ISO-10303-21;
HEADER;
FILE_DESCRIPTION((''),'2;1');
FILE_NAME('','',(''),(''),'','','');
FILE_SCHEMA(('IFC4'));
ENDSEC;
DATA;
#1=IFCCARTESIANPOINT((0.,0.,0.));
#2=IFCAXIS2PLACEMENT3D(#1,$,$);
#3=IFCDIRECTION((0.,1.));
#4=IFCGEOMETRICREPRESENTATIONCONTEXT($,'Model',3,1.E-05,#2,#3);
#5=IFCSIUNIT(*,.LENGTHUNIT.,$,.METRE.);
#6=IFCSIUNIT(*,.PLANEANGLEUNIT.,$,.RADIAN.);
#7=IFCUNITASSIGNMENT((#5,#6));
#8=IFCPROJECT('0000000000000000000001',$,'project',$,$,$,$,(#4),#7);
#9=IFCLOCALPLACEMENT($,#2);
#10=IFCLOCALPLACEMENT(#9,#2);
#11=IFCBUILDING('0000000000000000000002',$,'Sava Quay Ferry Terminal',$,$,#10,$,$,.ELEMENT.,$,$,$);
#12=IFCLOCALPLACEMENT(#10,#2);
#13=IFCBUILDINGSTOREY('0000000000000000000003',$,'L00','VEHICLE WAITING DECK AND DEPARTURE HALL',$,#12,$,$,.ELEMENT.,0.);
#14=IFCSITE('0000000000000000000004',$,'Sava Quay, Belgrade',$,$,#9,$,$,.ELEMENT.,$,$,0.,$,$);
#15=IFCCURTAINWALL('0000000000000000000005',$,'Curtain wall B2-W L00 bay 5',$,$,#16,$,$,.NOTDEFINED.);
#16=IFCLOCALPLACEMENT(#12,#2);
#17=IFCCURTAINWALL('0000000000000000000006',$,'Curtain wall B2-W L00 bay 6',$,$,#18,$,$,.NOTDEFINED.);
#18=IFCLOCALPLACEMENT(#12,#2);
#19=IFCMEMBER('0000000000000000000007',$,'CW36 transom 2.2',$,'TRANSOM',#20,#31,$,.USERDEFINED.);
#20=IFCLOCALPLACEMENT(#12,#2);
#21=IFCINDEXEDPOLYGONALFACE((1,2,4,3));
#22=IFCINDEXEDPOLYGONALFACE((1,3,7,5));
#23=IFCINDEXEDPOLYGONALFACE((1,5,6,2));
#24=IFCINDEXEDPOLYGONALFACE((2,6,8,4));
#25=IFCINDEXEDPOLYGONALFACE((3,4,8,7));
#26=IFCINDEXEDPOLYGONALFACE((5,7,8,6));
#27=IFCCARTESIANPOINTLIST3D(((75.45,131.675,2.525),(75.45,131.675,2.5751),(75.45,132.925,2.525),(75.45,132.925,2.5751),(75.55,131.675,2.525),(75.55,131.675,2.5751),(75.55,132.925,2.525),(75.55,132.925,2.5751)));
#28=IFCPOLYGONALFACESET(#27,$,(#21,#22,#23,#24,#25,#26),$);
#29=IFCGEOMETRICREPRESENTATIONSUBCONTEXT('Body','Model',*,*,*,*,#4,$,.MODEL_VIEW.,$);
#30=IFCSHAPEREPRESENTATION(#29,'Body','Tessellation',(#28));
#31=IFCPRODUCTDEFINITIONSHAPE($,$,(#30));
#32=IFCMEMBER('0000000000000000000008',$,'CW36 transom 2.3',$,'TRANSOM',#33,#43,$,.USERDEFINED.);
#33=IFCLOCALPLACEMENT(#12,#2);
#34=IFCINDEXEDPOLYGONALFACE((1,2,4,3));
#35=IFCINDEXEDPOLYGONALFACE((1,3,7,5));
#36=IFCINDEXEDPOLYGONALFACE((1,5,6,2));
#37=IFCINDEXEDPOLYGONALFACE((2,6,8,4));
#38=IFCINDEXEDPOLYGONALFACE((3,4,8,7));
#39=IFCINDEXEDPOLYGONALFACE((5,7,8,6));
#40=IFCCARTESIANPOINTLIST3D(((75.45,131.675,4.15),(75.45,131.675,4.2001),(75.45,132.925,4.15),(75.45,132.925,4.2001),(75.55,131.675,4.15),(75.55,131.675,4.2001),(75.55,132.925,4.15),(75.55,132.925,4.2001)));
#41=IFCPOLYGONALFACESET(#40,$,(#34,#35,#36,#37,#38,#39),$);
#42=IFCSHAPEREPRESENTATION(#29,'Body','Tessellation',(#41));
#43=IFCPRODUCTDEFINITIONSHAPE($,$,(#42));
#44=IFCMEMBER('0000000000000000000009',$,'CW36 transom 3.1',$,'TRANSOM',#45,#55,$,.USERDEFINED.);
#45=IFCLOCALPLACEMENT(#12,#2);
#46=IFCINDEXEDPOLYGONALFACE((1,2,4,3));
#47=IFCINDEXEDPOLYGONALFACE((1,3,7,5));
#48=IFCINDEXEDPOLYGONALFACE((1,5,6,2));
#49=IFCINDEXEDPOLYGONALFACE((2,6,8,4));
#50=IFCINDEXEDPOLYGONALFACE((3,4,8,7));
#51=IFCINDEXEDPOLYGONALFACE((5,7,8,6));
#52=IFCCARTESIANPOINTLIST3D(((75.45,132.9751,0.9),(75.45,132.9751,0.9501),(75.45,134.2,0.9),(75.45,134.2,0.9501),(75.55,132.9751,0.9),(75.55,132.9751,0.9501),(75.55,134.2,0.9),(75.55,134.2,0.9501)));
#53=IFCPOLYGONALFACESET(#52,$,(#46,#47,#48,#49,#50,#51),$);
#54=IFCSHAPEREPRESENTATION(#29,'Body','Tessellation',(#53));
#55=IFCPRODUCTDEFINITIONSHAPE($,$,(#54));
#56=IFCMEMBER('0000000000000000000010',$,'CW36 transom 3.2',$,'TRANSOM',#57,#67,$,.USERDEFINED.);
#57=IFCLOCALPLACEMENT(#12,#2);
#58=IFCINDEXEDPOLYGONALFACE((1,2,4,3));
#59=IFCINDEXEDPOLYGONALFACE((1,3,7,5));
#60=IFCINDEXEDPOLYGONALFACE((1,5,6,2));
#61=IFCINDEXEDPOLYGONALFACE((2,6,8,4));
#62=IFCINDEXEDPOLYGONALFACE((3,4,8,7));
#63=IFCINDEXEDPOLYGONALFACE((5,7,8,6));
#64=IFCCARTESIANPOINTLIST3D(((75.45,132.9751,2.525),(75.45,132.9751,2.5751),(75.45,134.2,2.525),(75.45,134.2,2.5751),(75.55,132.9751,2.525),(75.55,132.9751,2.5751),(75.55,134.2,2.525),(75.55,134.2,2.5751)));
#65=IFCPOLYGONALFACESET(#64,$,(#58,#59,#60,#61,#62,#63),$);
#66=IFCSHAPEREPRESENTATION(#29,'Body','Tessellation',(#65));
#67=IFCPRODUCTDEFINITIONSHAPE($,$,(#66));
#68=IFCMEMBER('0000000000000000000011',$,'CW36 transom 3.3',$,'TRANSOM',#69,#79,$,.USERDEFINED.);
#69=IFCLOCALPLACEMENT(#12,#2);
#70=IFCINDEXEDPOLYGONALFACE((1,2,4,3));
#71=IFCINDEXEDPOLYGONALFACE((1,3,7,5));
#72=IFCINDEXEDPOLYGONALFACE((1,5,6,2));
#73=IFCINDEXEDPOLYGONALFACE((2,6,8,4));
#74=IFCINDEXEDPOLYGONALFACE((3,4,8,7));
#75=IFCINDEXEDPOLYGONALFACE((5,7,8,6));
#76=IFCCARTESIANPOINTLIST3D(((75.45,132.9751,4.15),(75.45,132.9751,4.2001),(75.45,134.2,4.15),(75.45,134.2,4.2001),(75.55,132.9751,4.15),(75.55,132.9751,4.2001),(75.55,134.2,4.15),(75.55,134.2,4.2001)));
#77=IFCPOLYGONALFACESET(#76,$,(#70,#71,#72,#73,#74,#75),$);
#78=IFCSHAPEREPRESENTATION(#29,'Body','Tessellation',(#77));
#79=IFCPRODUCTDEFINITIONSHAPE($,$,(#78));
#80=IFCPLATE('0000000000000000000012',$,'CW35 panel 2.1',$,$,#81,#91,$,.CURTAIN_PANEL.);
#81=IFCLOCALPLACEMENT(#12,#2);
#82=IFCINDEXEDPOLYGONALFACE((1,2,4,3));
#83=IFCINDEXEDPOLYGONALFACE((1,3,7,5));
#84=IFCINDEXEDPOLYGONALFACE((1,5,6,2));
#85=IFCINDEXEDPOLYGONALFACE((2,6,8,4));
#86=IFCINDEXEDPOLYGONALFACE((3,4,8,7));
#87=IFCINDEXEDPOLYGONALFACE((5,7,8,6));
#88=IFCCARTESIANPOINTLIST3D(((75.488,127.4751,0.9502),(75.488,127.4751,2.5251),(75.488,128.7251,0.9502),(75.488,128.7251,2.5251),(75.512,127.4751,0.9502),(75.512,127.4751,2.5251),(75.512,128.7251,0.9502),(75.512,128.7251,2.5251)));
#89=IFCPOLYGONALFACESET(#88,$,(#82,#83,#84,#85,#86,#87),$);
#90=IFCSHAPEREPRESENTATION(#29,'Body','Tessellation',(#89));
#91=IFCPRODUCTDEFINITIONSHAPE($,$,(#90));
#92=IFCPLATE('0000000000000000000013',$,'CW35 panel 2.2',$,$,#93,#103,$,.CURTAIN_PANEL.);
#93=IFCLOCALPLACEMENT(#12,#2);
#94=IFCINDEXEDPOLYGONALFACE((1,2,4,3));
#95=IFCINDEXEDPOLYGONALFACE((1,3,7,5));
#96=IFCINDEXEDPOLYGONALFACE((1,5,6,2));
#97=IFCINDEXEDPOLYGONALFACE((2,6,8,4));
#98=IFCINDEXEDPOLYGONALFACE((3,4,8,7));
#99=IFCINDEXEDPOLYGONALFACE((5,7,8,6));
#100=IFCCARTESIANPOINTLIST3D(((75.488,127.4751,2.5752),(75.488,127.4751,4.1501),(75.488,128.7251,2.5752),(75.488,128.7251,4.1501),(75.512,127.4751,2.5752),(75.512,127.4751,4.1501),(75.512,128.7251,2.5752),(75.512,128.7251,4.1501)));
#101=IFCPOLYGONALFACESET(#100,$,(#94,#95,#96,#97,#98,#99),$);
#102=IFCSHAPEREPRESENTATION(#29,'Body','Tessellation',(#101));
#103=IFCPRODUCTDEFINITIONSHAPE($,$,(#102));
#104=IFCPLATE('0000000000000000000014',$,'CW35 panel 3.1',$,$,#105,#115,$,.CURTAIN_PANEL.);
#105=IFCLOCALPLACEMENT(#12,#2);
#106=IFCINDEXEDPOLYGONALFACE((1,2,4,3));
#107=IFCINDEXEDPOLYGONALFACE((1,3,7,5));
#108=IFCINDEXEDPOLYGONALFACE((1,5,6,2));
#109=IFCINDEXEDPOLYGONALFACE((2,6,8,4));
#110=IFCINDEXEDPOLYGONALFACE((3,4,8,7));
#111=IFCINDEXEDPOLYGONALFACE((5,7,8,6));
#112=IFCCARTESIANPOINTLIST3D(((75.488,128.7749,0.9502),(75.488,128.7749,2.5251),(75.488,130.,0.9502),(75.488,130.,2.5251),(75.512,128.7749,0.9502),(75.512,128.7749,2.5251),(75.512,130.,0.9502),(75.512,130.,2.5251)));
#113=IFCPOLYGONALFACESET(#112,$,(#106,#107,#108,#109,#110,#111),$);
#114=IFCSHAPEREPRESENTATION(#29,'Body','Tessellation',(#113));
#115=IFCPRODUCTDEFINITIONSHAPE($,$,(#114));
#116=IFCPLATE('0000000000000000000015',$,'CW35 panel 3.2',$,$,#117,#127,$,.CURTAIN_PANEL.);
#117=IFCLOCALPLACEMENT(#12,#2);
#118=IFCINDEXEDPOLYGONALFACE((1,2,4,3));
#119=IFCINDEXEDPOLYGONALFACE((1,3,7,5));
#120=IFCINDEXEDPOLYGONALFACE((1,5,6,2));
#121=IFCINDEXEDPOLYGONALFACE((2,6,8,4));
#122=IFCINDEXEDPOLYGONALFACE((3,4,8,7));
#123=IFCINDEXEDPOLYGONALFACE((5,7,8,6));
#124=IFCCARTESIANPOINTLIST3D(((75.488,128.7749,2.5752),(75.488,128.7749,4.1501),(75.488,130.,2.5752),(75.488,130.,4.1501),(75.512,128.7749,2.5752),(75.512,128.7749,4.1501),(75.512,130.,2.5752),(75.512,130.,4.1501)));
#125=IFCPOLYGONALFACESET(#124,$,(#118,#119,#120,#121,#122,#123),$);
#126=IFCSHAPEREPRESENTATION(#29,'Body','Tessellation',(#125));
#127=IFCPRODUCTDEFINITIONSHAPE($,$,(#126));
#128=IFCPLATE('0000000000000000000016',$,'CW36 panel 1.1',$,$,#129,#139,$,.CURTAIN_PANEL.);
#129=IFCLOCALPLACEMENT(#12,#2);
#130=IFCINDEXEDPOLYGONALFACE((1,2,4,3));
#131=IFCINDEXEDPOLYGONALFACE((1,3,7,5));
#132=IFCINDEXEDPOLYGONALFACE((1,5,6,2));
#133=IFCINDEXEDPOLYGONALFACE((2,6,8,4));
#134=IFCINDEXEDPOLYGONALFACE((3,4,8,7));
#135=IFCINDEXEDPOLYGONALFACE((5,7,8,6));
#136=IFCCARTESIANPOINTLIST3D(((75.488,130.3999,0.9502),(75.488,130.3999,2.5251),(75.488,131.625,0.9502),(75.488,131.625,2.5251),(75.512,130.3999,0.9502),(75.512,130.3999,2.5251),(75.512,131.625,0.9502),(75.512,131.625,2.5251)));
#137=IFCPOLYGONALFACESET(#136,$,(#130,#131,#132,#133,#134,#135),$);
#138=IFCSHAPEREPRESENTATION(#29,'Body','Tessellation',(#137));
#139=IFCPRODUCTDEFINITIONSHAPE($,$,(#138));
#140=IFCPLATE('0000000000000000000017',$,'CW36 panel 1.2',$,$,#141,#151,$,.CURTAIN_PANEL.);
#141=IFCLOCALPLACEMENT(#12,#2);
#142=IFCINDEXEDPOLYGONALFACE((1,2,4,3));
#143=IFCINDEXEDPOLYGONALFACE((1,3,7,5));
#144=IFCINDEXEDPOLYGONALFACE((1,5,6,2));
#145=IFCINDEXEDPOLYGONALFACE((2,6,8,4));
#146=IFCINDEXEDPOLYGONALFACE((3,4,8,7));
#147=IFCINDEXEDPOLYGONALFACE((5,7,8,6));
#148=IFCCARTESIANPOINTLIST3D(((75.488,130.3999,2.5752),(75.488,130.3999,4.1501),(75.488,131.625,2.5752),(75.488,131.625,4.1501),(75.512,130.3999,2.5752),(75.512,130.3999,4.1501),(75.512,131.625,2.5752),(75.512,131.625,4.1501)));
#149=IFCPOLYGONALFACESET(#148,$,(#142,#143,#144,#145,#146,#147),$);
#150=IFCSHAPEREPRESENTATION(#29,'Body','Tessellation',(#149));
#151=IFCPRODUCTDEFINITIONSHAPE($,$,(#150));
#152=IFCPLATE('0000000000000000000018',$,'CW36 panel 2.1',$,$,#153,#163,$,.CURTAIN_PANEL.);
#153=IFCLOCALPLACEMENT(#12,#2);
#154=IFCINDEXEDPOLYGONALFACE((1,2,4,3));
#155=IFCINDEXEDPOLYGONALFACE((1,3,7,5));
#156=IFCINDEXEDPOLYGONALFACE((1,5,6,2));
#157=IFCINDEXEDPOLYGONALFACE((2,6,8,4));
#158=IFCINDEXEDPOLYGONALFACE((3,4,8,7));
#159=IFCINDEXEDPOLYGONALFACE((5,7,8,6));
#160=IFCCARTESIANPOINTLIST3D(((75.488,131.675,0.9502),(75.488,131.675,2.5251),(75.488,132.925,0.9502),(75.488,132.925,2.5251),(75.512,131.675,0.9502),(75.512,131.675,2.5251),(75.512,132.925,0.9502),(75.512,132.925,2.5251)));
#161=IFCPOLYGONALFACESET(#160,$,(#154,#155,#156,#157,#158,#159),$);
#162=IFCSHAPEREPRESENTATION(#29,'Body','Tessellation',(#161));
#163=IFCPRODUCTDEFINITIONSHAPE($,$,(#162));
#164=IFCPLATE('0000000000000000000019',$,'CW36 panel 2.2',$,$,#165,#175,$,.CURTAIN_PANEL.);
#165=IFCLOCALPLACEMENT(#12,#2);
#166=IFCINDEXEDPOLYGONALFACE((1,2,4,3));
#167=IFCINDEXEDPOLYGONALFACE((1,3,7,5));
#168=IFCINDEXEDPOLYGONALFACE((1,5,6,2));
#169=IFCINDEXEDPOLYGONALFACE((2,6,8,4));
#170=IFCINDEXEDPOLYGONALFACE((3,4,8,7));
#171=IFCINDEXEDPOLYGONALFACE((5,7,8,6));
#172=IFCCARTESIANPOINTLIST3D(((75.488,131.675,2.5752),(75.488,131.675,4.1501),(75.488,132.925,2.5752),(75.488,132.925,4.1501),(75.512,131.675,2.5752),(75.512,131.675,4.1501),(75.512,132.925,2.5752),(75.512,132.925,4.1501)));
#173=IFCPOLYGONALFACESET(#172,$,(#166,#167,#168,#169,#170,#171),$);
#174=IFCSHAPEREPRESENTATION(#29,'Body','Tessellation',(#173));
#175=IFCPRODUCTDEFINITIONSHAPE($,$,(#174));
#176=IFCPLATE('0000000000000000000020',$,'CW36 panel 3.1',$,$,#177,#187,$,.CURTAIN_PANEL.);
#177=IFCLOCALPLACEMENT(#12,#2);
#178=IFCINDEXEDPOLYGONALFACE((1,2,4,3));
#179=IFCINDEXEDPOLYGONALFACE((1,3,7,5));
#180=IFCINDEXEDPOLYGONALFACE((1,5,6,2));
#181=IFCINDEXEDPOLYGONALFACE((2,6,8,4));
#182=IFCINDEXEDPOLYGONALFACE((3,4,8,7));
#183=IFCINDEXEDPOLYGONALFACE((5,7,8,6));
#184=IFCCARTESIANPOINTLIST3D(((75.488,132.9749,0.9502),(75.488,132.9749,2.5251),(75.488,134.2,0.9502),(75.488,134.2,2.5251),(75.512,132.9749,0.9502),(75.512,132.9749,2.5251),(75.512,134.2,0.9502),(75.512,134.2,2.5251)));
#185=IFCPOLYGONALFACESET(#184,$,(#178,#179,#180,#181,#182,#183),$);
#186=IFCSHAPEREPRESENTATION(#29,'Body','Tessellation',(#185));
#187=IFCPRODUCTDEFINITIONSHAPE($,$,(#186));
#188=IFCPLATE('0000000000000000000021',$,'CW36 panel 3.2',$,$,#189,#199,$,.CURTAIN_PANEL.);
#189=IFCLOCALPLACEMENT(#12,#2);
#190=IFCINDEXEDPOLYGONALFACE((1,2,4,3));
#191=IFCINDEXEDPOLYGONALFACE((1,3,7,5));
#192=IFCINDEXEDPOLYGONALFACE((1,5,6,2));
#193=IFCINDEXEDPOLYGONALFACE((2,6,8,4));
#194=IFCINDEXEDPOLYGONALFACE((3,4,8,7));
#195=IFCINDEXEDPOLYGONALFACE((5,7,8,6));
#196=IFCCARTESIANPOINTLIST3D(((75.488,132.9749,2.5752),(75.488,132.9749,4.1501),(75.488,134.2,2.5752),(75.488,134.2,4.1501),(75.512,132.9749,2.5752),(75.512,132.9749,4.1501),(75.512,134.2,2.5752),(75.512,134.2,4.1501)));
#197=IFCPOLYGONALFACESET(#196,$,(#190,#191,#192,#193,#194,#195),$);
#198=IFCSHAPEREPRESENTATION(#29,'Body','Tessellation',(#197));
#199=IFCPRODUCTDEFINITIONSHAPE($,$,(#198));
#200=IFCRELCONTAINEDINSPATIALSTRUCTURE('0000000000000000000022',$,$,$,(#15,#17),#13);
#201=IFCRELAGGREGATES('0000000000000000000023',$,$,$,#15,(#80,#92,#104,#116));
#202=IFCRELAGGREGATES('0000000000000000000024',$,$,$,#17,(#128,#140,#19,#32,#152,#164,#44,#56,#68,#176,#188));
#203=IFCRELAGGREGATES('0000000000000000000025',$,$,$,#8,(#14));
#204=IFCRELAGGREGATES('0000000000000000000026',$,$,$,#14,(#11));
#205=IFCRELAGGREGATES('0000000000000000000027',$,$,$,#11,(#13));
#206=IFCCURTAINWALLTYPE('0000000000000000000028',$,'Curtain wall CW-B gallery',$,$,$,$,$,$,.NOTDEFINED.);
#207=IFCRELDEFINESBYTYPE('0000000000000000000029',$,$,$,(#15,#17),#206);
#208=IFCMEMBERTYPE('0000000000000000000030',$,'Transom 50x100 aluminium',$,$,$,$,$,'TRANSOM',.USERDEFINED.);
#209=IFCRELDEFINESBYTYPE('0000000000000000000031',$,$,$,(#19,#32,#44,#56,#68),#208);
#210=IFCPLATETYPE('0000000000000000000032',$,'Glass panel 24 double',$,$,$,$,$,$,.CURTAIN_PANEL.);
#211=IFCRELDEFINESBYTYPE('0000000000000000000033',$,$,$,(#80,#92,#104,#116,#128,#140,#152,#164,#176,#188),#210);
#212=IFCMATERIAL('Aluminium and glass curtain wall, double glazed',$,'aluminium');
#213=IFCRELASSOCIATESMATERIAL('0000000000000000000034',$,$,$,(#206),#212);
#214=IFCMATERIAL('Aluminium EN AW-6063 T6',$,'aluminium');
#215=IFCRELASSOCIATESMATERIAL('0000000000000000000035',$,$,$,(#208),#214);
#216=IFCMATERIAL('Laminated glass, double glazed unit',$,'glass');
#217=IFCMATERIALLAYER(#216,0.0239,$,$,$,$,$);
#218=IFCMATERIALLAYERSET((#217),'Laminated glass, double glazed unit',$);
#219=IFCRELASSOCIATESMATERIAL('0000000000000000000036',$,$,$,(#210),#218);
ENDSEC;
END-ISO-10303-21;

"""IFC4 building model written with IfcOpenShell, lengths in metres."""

from ifc_helpers import new_model, si_unit, direction, frame, origin, origin_2d, place, context, subcontext, project, spatial, rectangle, extrude, material, layer, layer_set, material_profile, profile_set, type_object, element, aggregate, save


model = new_model("IFC4")

# Units and contexts
model_context = context("Model", 3, precision=1e-05, world=origin(), true_north=direction((0.0, 1.0)))
body_context = subcontext(model_context, "Body", "Model", "MODEL_VIEW")
ifc_project = project(units=[si_unit("LENGTHUNIT", "METRE"), si_unit("PLANEANGLEUNIT", "RADIAN")], contexts=[model_context])

# Site, building, storey
site_placement = place(None, origin())
site = spatial("IfcSite", under=ifc_project, at=site_placement, Name="Sava Quay, Belgrade", CompositionType="ELEMENT", RefElevation=0.0)
building_placement = place(site_placement, origin())
building = spatial("IfcBuilding", under=site, at=building_placement, Name="Sava Quay Ferry Terminal", CompositionType="ELEMENT")
storey_placement = place(building_placement, origin())
storey = spatial("IfcBuildingStorey", under=building, at=storey_placement, Name="L00", Description="VEHICLE WAITING DECK AND DEPARTURE HALL", CompositionType="ELEMENT", Elevation=0.0)

# Curtain walls
ifc_material_1 = material(Name="Aluminium and glass curtain wall, double glazed", Category="aluminium")
curtain_wall_type = type_object("IfcCurtainWallType", Name="Curtain wall CW-B gallery", PredefinedType="NOTDEFINED", material=ifc_material_1)
curtain_wall_1_placement = place(storey_placement, origin())
curtain_wall_1 = element("IfcCurtainWall", 1, at=curtain_wall_1_placement, inside=storey, type_object=curtain_wall_type, Name="Curtain wall B2-W L00 bay 5", PredefinedType="NOTDEFINED")
curtain_wall_2_placement = place(storey_placement, origin())
curtain_wall_2 = element("IfcCurtainWall", 2, at=curtain_wall_2_placement, inside=storey, type_object=curtain_wall_type, Name="Curtain wall B2-W L00 bay 6", PredefinedType="NOTDEFINED")

# Members
ifc_material_2 = material(Name="Aluminium EN AW-6063 T6", Category="aluminium")
ifc_material_profile_1 = material_profile(ifc_material_2, rectangle(XDim=0.1001, YDim=0.05, at=origin_2d()), Name="Transom 50x100 aluminium")
ifc_profile_set_1 = profile_set([ifc_material_profile_1], Name="Aluminium EN AW-6063 T6")
member_type_1 = type_object("IfcMemberType", Name="Transom 50x100 aluminium", ElementType="TRANSOM", PredefinedType="USERDEFINED", material=ifc_profile_set_1)
member_1_placement = place(storey_placement, frame((75.5, 131.675, 2.55), z_axis=(0.0, 1.0, 0.0), x_axis=(-1.0, 0.0, 0.0)))
member_1 = element("IfcMember", 3, at=member_1_placement, type_object=member_type_1, Name="CW36 transom 2.2", ObjectType="TRANSOM", PredefinedType="USERDEFINED", context=body_context, shape_type="SweptSolid", body=[
    extrude(rectangle(XDim=0.1001, YDim=0.05, at=origin_2d()), origin(), (0.0, 0.0, 1.0), 1.25),
])
member_2_placement = place(storey_placement, frame((75.5, 131.675, 4.175), z_axis=(0.0, 1.0, 0.0), x_axis=(-1.0, 0.0, 0.0)))
member_2 = element("IfcMember", 4, at=member_2_placement, type_object=member_type_1, Name="CW36 transom 2.3", ObjectType="TRANSOM", PredefinedType="USERDEFINED", context=body_context, shape_type="SweptSolid", body=[
    extrude(rectangle(XDim=0.1001, YDim=0.05, at=origin_2d()), origin(), (0.0, 0.0, 1.0), 1.25),
])
member_3_placement = place(storey_placement, frame((75.5, 132.9751, 0.925), z_axis=(0.0, 1.0, 0.0), x_axis=(-1.0, 0.0, 0.0)))
member_3 = element("IfcMember", 5, at=member_3_placement, type_object=member_type_1, Name="CW36 transom 3.1", ObjectType="TRANSOM", PredefinedType="USERDEFINED", context=body_context, shape_type="SweptSolid", body=[
    extrude(rectangle(XDim=0.1001, YDim=0.05, at=origin_2d()), origin(), (0.0, 0.0, 1.0), 1.2249),
])
member_4_placement = place(storey_placement, frame((75.5, 132.9751, 2.55), z_axis=(0.0, 1.0, 0.0), x_axis=(-1.0, 0.0, 0.0)))
member_4 = element("IfcMember", 6, at=member_4_placement, type_object=member_type_1, Name="CW36 transom 3.2", ObjectType="TRANSOM", PredefinedType="USERDEFINED", context=body_context, shape_type="SweptSolid", body=[
    extrude(rectangle(XDim=0.1001, YDim=0.05, at=origin_2d()), origin(), (0.0, 0.0, 1.0), 1.2249),
])
member_5_placement = place(storey_placement, frame((75.5, 132.9751, 4.175), z_axis=(0.0, 1.0, 0.0), x_axis=(-1.0, 0.0, 0.0)))
member_5 = element("IfcMember", 7, at=member_5_placement, type_object=member_type_1, Name="CW36 transom 3.3", ObjectType="TRANSOM", PredefinedType="USERDEFINED", context=body_context, shape_type="SweptSolid", body=[
    extrude(rectangle(XDim=0.1001, YDim=0.05, at=origin_2d()), origin(), (0.0, 0.0, 1.0), 1.2249),
])

# Plates
ifc_material_3 = material(Name="Laminated glass, double glazed unit", Category="glass")
ifc_layer_1 = layer(ifc_material_3, 0.0239)
ifc_layer_set_1 = layer_set([ifc_layer_1], Name="Laminated glass, double glazed unit")
plate_type = type_object("IfcPlateType", Name="Glass panel 24 double", PredefinedType="CURTAIN_PANEL", material=ifc_layer_set_1)
plate_1_placement = place(storey_placement, frame((75.5, 128.1001, 0.9502), z_axis=(0.0, 0.0, 1.0), x_axis=(0.0, 1.0, 0.0)))
plate_1 = element("IfcPlate", 8, at=plate_1_placement, type_object=plate_type, Name="CW35 panel 2.1", PredefinedType="CURTAIN_PANEL", context=body_context, shape_type="SweptSolid", body=[
    extrude(rectangle(XDim=1.25, YDim=0.0239, at=origin_2d()), origin(), (0.0, 0.0, 1.0), 1.575),
])
plate_2_placement = place(storey_placement, frame((75.5, 128.1001, 2.5752), z_axis=(0.0, 0.0, 1.0), x_axis=(0.0, 1.0, 0.0)))
plate_2 = element("IfcPlate", 9, at=plate_2_placement, type_object=plate_type, Name="CW35 panel 2.2", PredefinedType="CURTAIN_PANEL", context=body_context, shape_type="SweptSolid", body=[
    extrude(rectangle(XDim=1.25, YDim=0.0239, at=origin_2d()), origin(), (0.0, 0.0, 1.0), 1.575),
])
plate_3_placement = place(storey_placement, frame((75.5, 129.3875, 0.9502), z_axis=(0.0, 0.0, 1.0), x_axis=(0.0, 1.0, 0.0)))
plate_3 = element("IfcPlate", 10, at=plate_3_placement, type_object=plate_type, Name="CW35 panel 3.1", PredefinedType="CURTAIN_PANEL", context=body_context, shape_type="SweptSolid", body=[
    extrude(rectangle(XDim=1.2251, YDim=0.0239, at=origin_2d()), origin(), (0.0, 0.0, 1.0), 1.575),
])
plate_4_placement = place(storey_placement, frame((75.5, 129.3875, 2.5752), z_axis=(0.0, 0.0, 1.0), x_axis=(0.0, 1.0, 0.0)))
plate_4 = element("IfcPlate", 11, at=plate_4_placement, type_object=plate_type, Name="CW35 panel 3.2", PredefinedType="CURTAIN_PANEL", context=body_context, shape_type="SweptSolid", body=[
    extrude(rectangle(XDim=1.2251, YDim=0.0239, at=origin_2d()), origin(), (0.0, 0.0, 1.0), 1.575),
])
aggregate(curtain_wall_1, [plate_1, plate_2, plate_3, plate_4])
plate_5_placement = place(storey_placement, frame((75.5, 131.0125, 0.9502), z_axis=(0.0, 0.0, 1.0), x_axis=(0.0, 1.0, 0.0)))
plate_5 = element("IfcPlate", 12, at=plate_5_placement, type_object=plate_type, Name="CW36 panel 1.1", PredefinedType="CURTAIN_PANEL", context=body_context, shape_type="SweptSolid", body=[
    extrude(rectangle(XDim=1.2251, YDim=0.0239, at=origin_2d()), origin(), (0.0, 0.0, 1.0), 1.575),
])
plate_6_placement = place(storey_placement, frame((75.5, 131.0125, 2.5752), z_axis=(0.0, 0.0, 1.0), x_axis=(0.0, 1.0, 0.0)))
plate_6 = element("IfcPlate", 13, at=plate_6_placement, type_object=plate_type, Name="CW36 panel 1.2", PredefinedType="CURTAIN_PANEL", context=body_context, shape_type="SweptSolid", body=[
    extrude(rectangle(XDim=1.2251, YDim=0.0239, at=origin_2d()), origin(), (0.0, 0.0, 1.0), 1.575),
])
plate_7_placement = place(storey_placement, frame((75.5, 132.3, 0.9502), z_axis=(0.0, 0.0, 1.0), x_axis=(0.0, 1.0, 0.0)))
plate_7 = element("IfcPlate", 14, at=plate_7_placement, type_object=plate_type, Name="CW36 panel 2.1", PredefinedType="CURTAIN_PANEL", context=body_context, shape_type="SweptSolid", body=[
    extrude(rectangle(XDim=1.25, YDim=0.0239, at=origin_2d()), origin(), (0.0, 0.0, 1.0), 1.575),
])
plate_8_placement = place(storey_placement, frame((75.5, 132.3, 2.5752), z_axis=(0.0, 0.0, 1.0), x_axis=(0.0, 1.0, 0.0)))
plate_8 = element("IfcPlate", 15, at=plate_8_placement, type_object=plate_type, Name="CW36 panel 2.2", PredefinedType="CURTAIN_PANEL", context=body_context, shape_type="SweptSolid", body=[
    extrude(rectangle(XDim=1.25, YDim=0.0239, at=origin_2d()), origin(), (0.0, 0.0, 1.0), 1.575),
])
plate_9_placement = place(storey_placement, frame((75.5, 133.5874, 0.9502), z_axis=(0.0, 0.0, 1.0), x_axis=(0.0, 1.0, 0.0)))
plate_9 = element("IfcPlate", 16, at=plate_9_placement, type_object=plate_type, Name="CW36 panel 3.1", PredefinedType="CURTAIN_PANEL", context=body_context, shape_type="SweptSolid", body=[
    extrude(rectangle(XDim=1.2251, YDim=0.0239, at=origin_2d()), origin(), (0.0, 0.0, 1.0), 1.575),
])
plate_10_placement = place(storey_placement, frame((75.5, 133.5874, 2.5752), z_axis=(0.0, 0.0, 1.0), x_axis=(0.0, 1.0, 0.0)))
plate_10 = element("IfcPlate", 17, at=plate_10_placement, type_object=plate_type, Name="CW36 panel 3.2", PredefinedType="CURTAIN_PANEL", context=body_context, shape_type="SweptSolid", body=[
    extrude(rectangle(XDim=1.2251, YDim=0.0239, at=origin_2d()), origin(), (0.0, 0.0, 1.0), 1.575),
])
aggregate(curtain_wall_2, [plate_5, plate_6, member_1, member_2, plate_7, plate_8, member_3, member_4, member_5, plate_9, plate_10])

save(model, "model.ifc")
